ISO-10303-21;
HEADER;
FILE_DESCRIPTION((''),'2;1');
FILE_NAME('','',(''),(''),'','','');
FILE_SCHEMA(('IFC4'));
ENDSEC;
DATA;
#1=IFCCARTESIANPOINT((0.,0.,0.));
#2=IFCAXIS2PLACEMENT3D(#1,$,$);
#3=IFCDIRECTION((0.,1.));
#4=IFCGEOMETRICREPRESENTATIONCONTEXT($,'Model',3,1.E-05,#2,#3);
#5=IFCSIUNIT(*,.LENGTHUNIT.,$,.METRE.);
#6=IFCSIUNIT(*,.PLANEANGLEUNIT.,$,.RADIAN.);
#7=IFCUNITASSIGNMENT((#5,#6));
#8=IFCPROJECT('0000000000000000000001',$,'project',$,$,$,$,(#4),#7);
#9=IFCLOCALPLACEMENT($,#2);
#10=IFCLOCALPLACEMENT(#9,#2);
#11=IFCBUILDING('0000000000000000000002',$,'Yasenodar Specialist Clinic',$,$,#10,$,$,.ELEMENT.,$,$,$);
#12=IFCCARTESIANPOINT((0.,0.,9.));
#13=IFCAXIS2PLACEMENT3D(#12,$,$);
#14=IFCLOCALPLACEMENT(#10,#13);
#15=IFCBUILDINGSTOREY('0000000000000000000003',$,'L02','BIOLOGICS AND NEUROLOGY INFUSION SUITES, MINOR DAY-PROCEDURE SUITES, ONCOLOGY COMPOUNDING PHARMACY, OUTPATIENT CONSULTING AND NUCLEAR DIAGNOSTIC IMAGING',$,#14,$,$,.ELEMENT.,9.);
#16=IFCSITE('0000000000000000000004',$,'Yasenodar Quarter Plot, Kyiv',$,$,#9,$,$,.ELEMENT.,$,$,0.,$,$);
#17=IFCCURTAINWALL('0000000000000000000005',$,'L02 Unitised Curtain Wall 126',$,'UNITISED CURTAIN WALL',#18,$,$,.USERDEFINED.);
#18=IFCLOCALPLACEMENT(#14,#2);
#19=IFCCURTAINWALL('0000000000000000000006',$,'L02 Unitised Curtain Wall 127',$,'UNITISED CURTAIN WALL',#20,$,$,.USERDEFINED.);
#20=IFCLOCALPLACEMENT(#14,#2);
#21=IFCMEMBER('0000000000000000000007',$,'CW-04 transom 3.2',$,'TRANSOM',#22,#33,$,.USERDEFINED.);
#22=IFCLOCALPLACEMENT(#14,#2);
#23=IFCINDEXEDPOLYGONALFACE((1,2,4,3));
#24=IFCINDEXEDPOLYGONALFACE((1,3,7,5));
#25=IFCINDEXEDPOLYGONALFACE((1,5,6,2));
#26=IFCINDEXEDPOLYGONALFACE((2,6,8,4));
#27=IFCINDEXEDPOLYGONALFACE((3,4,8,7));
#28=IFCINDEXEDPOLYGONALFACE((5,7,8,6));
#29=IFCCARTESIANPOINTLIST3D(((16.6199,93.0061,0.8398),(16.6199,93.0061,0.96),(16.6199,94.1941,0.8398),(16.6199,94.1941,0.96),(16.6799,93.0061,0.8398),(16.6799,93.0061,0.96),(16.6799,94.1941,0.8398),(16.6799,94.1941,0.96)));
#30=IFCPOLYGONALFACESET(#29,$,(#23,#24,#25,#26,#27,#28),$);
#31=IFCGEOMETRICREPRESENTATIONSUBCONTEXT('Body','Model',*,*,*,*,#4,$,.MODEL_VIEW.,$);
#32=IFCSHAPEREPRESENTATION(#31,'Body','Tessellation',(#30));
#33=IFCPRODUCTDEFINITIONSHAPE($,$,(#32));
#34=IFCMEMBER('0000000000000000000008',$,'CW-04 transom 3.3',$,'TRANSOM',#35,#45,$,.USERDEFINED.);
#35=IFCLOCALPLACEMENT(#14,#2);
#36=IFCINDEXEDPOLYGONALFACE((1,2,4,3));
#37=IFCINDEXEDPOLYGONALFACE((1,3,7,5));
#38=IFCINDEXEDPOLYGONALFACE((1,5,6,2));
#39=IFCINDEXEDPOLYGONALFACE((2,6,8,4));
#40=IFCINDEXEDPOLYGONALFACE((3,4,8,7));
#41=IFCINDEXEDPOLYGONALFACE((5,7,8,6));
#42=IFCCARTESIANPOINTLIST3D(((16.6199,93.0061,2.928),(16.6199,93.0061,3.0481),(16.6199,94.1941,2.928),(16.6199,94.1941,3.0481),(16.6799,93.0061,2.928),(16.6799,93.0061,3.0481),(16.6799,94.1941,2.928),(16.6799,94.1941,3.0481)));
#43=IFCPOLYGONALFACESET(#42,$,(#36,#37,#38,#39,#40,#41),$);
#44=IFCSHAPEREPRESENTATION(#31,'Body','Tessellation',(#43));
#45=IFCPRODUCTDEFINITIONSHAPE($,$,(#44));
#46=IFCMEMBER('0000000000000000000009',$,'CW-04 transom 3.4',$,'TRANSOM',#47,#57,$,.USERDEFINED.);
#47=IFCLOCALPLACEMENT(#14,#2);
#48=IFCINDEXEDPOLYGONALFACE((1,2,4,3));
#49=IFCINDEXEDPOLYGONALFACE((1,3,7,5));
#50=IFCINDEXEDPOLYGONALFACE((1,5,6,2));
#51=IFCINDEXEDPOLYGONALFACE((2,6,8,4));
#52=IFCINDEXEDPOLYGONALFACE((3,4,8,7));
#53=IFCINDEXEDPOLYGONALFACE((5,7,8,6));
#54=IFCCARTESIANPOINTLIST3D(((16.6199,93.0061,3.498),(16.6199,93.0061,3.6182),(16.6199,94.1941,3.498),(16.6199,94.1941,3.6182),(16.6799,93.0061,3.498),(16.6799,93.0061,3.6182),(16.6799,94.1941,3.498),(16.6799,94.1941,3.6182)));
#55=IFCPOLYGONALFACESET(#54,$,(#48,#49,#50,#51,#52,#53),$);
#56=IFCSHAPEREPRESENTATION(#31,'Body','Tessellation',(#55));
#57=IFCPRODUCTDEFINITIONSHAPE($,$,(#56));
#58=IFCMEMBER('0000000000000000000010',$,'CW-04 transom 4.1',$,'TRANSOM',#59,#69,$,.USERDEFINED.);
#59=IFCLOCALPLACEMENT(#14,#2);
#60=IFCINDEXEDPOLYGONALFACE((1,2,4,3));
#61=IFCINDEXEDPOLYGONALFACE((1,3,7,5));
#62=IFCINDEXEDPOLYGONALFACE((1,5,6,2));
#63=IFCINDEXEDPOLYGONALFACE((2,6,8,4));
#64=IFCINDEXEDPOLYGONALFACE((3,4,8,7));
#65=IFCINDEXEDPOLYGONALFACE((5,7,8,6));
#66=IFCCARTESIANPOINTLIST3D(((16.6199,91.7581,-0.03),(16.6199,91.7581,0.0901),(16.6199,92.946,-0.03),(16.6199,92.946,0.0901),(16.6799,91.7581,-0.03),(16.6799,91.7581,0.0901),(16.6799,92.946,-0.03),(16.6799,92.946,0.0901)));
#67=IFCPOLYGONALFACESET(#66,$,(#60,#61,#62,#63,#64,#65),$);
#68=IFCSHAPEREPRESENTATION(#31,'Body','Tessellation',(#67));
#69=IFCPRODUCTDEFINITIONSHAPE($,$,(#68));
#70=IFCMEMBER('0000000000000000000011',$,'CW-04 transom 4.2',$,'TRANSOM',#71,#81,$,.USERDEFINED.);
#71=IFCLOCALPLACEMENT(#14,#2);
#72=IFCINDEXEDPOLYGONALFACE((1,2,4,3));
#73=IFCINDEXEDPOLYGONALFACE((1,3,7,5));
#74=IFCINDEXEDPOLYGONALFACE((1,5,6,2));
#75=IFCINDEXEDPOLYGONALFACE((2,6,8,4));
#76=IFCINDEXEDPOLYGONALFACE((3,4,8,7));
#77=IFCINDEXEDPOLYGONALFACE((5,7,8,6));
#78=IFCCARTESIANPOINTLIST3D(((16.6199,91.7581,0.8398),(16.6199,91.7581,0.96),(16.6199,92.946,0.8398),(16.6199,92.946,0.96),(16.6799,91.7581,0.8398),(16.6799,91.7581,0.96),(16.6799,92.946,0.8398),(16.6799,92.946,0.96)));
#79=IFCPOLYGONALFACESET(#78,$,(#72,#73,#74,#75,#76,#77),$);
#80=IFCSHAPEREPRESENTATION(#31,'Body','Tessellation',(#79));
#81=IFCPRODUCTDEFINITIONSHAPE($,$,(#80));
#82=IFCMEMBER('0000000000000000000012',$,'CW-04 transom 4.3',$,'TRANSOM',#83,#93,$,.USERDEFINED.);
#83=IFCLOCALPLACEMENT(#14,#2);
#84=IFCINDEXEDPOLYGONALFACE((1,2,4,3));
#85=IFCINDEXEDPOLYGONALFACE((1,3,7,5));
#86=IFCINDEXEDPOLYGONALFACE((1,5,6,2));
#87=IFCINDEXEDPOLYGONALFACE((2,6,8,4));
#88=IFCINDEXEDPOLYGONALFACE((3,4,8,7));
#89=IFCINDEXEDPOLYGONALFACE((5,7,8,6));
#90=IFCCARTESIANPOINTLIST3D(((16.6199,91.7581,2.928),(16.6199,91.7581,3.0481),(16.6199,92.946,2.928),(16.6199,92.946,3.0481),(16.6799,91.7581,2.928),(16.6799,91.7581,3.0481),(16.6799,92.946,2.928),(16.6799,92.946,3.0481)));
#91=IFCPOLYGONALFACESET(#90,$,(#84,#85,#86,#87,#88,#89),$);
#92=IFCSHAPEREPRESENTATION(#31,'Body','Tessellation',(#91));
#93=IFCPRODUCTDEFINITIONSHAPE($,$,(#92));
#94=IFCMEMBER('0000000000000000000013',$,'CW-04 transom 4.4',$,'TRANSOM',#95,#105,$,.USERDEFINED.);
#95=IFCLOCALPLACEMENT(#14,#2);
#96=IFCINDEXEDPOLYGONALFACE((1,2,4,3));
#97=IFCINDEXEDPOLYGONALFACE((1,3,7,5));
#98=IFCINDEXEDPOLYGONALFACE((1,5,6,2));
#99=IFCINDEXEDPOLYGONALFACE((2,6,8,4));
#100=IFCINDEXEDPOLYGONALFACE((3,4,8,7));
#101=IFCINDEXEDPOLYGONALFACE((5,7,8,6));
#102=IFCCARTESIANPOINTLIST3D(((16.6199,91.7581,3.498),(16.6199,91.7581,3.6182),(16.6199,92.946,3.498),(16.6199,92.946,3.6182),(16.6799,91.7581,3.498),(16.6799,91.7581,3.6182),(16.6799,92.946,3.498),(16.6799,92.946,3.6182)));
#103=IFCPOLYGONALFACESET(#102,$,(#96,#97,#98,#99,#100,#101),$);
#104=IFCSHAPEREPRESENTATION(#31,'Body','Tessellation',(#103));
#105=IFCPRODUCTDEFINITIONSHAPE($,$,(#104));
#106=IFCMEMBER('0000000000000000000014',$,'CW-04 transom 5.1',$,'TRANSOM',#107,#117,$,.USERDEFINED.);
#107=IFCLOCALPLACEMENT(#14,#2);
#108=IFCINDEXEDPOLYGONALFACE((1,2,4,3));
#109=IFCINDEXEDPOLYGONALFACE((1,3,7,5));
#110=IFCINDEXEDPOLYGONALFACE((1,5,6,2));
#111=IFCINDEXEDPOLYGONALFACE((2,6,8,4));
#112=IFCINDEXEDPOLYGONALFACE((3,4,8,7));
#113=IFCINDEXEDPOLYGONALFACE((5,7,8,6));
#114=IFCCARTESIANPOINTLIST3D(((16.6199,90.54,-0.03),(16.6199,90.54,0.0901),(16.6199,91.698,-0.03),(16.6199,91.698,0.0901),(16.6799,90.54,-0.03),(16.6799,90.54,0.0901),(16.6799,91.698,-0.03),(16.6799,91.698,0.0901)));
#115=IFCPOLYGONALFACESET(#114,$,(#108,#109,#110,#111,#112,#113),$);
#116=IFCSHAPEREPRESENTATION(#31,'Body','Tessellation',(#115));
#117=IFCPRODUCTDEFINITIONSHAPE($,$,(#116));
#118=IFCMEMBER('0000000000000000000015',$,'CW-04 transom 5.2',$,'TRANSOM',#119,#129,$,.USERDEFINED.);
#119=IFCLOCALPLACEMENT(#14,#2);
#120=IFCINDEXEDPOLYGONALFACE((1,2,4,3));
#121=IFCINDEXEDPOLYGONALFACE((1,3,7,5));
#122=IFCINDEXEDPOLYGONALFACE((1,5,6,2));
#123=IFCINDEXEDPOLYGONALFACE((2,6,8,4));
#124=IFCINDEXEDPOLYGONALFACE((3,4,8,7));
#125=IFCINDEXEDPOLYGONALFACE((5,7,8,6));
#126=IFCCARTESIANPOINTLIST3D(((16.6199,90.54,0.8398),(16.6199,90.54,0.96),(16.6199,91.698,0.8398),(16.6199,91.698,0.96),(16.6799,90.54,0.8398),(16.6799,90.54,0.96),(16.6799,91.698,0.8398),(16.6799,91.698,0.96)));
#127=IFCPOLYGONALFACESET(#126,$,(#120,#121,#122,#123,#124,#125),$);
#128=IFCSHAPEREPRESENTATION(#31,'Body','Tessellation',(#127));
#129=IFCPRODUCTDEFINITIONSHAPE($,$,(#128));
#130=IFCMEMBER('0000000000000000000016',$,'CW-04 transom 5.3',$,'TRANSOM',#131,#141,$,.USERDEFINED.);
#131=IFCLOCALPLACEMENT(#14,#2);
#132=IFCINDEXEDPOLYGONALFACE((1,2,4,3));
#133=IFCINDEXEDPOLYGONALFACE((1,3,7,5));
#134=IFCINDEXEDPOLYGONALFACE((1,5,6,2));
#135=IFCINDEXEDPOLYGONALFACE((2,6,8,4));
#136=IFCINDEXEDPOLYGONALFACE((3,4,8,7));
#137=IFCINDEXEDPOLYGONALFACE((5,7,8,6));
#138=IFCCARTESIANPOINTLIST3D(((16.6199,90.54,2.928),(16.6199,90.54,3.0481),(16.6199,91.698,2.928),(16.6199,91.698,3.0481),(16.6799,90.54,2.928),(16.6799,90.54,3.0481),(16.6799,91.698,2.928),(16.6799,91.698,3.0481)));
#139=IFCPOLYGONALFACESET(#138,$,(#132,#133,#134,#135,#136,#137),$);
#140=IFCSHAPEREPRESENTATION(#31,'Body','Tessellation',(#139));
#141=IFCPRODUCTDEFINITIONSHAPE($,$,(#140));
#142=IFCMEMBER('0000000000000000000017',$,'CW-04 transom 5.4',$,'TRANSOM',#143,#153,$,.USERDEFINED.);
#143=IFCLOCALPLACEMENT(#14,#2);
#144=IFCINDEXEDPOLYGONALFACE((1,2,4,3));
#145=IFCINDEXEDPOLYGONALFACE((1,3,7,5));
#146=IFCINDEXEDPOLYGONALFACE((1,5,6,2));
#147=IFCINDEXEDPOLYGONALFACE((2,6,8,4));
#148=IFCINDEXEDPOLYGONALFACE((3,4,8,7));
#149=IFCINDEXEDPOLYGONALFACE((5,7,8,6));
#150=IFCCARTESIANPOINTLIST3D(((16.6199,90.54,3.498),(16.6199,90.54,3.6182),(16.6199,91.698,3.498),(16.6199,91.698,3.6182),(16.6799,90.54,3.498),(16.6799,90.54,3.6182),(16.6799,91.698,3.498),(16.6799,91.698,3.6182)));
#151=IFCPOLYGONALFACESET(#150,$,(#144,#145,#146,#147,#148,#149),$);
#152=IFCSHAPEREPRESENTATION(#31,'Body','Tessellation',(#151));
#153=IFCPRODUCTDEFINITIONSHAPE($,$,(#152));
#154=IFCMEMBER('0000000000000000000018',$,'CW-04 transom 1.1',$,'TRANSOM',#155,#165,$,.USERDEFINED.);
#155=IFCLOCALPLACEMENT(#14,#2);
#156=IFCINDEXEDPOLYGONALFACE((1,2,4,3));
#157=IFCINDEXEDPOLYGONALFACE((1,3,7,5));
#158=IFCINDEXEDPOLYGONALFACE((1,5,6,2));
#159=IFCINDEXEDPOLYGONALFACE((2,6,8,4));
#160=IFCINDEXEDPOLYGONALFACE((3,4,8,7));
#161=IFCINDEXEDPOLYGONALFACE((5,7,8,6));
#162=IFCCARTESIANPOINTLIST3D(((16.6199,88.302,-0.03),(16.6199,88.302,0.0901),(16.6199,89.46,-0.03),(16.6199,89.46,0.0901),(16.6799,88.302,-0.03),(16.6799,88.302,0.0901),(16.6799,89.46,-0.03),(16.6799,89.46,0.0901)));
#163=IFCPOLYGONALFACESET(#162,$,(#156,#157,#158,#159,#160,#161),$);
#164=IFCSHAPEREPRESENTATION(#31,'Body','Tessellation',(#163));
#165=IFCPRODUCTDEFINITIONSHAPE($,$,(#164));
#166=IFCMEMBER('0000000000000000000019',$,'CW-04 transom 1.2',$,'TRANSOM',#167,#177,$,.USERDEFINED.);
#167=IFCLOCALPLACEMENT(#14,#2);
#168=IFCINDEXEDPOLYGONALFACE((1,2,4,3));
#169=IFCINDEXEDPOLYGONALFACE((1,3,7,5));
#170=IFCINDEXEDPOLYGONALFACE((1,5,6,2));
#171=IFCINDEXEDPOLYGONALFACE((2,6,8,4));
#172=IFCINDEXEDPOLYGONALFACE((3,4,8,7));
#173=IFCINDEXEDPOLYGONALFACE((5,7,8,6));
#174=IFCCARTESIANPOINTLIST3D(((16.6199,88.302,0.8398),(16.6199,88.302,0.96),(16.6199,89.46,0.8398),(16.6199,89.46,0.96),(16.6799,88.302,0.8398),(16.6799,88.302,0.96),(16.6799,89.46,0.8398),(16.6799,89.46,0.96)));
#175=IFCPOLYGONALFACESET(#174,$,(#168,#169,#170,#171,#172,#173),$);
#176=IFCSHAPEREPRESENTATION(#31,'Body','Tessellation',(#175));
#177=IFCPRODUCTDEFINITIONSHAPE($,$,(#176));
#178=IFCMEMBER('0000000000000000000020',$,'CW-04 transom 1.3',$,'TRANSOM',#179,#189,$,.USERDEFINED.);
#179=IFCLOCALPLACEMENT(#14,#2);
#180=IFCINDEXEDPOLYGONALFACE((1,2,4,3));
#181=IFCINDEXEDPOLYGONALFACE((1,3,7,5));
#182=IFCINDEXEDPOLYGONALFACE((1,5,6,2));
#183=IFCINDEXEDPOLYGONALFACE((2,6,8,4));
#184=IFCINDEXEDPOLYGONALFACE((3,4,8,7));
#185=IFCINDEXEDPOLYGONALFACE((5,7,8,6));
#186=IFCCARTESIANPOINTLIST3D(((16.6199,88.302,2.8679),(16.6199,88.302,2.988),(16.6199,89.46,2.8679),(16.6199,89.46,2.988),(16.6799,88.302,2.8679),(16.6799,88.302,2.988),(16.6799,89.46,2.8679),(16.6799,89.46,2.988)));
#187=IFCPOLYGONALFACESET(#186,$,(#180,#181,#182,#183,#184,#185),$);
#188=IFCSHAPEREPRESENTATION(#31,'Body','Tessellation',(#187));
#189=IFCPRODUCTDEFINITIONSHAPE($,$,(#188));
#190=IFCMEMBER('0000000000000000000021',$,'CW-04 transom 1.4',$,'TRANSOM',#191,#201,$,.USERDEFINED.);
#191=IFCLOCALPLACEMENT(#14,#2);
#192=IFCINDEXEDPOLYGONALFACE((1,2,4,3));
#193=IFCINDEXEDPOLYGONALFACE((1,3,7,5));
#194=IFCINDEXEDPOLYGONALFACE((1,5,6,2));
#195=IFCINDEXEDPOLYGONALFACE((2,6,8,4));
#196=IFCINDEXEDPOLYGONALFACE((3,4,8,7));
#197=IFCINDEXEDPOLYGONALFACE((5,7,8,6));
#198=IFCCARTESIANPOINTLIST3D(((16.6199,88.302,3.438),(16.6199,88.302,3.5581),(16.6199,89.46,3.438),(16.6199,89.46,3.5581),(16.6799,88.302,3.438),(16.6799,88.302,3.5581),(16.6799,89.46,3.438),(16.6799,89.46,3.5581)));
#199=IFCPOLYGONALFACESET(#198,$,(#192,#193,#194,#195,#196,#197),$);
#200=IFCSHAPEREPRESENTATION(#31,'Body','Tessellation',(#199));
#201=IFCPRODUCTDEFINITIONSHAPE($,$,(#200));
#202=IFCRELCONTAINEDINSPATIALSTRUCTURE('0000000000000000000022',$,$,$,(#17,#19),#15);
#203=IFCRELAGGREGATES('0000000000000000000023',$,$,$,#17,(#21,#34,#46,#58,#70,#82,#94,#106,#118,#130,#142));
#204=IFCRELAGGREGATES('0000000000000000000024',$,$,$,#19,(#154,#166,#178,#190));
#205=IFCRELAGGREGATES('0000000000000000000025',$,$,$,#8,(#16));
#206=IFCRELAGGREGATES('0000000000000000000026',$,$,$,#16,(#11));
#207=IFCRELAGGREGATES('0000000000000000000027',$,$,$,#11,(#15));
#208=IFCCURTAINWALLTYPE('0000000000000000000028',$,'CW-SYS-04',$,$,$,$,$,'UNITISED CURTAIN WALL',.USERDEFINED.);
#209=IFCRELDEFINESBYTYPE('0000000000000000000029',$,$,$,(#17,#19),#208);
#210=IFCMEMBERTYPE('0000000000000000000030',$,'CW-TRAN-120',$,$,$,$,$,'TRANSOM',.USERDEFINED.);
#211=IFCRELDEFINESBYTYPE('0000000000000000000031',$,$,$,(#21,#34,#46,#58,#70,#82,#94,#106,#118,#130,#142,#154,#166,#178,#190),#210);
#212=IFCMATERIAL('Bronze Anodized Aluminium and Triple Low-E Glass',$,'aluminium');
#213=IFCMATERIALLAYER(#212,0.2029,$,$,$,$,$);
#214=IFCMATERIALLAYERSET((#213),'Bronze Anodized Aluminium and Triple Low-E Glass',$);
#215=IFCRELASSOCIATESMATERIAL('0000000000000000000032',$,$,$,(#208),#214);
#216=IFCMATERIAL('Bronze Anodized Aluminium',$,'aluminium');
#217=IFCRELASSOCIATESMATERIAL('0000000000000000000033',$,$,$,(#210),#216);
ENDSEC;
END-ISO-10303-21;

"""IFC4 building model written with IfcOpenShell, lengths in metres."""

from ifc_helpers import new_model, si_unit, direction, frame, origin, origin_2d, place, context, subcontext, project, spatial, rectangle, extrude, material, layer, layer_set, material_profile, profile_set, type_object, element, aggregate, save


model = new_model("IFC4")

# Units and contexts
model_context = context("Model", 3, precision=1e-05, world=origin(), true_north=direction((0.0, 1.0)))
body_context = subcontext(model_context, "Body", "Model", "MODEL_VIEW")
ifc_project = project(units=[si_unit("LENGTHUNIT", "METRE"), si_unit("PLANEANGLEUNIT", "RADIAN")], contexts=[model_context])

# Site, building, storey
site_placement = place(None, origin())
site = spatial("IfcSite", under=ifc_project, at=site_placement, Name="Yasenodar Quarter Plot, Kyiv", CompositionType="ELEMENT", RefElevation=0.0)
building_placement = place(site_placement, origin())
building = spatial("IfcBuilding", under=site, at=building_placement, Name="Yasenodar Specialist Clinic", CompositionType="ELEMENT")
storey_placement = place(building_placement, frame((0.0, 0.0, 9.0)))
storey = spatial("IfcBuildingStorey", under=building, at=storey_placement, Name="L02", Description="BIOLOGICS AND NEUROLOGY INFUSION SUITES, MINOR DAY-PROCEDURE SUITES, ONCOLOGY COMPOUNDING PHARMACY, OUTPATIENT CONSULTING AND NUCLEAR DIAGNOSTIC IMAGING", CompositionType="ELEMENT", Elevation=9.0)

# Curtain walls
ifc_material_1 = material(Name="Bronze Anodized Aluminium and Triple Low-E Glass", Category="aluminium")
ifc_layer_1 = layer(ifc_material_1, 0.2029)
ifc_layer_set_1 = layer_set([ifc_layer_1], Name="Bronze Anodized Aluminium and Triple Low-E Glass")
curtain_wall_type = type_object("IfcCurtainWallType", Name="CW-SYS-04", ElementType="UNITISED CURTAIN WALL", PredefinedType="USERDEFINED", material=ifc_layer_set_1)
curtain_wall_1_placement = place(storey_placement, origin())
curtain_wall_1 = element("IfcCurtainWall", 1, at=curtain_wall_1_placement, inside=storey, type_object=curtain_wall_type, Name="L02 Unitised Curtain Wall 126", ObjectType="UNITISED CURTAIN WALL", PredefinedType="USERDEFINED")
ifc_material_2 = material(Name="Bronze Anodized Aluminium", Category="aluminium")
curtain_wall_2_placement = place(storey_placement, origin())
curtain_wall_2 = element("IfcCurtainWall", 2, at=curtain_wall_2_placement, inside=storey, type_object=curtain_wall_type, Name="L02 Unitised Curtain Wall 127", ObjectType="UNITISED CURTAIN WALL", PredefinedType="USERDEFINED")

# Members
ifc_material_profile_1 = material_profile(ifc_material_2, rectangle(XDim=0.0601, YDim=0.1201, at=origin_2d()), Name="CW-TRAN 60x120")
ifc_profile_set_1 = profile_set([ifc_material_profile_1], Name="Bronze Anodized Aluminium")
member_type_1 = type_object("IfcMemberType", Name="CW-TRAN-120", ElementType="TRANSOM", PredefinedType="USERDEFINED", material=ifc_profile_set_1)
member_1_placement = place(storey_placement, frame((16.6499, 94.1941, 0.8999), z_axis=(0.0, -1.0, 0.0), x_axis=(1.0, 0.0, 0.0)))
member_1 = element("IfcMember", 3, at=member_1_placement, type_object=member_type_1, Name="CW-04 transom 3.2", ObjectType="TRANSOM", PredefinedType="USERDEFINED", context=body_context, shape_type="SweptSolid", body=[
    extrude(rectangle(XDim=0.0601, YDim=0.1201, at=origin_2d()), origin(), (0.0, 0.0, 1.0), 1.188),
])
member_2_placement = place(storey_placement, frame((16.6499, 94.1941, 2.988), z_axis=(0.0, -1.0, 0.0), x_axis=(1.0, 0.0, 0.0)))
member_2 = element("IfcMember", 4, at=member_2_placement, type_object=member_type_1, Name="CW-04 transom 3.3", ObjectType="TRANSOM", PredefinedType="USERDEFINED", context=body_context, shape_type="SweptSolid", body=[
    extrude(rectangle(XDim=0.0601, YDim=0.1201, at=origin_2d()), origin(), (0.0, 0.0, 1.0), 1.188),
])
member_3_placement = place(storey_placement, frame((16.6499, 94.1941, 3.5581), z_axis=(0.0, -1.0, 0.0), x_axis=(1.0, 0.0, 0.0)))
member_3 = element("IfcMember", 5, at=member_3_placement, type_object=member_type_1, Name="CW-04 transom 3.4", ObjectType="TRANSOM", PredefinedType="USERDEFINED", context=body_context, shape_type="SweptSolid", body=[
    extrude(rectangle(XDim=0.0601, YDim=0.1201, at=origin_2d()), origin(), (0.0, 0.0, 1.0), 1.188),
])
member_4_placement = place(storey_placement, frame((16.6499, 92.946, 0.03), z_axis=(0.0, -1.0, 0.0), x_axis=(1.0, 0.0, 0.0)))
member_4 = element("IfcMember", 6, at=member_4_placement, type_object=member_type_1, Name="CW-04 transom 4.1", ObjectType="TRANSOM", PredefinedType="USERDEFINED", context=body_context, shape_type="SweptSolid", body=[
    extrude(rectangle(XDim=0.0601, YDim=0.1201, at=origin_2d()), origin(), (0.0, 0.0, 1.0), 1.188),
])
member_5_placement = place(storey_placement, frame((16.6499, 92.946, 0.8999), z_axis=(0.0, -1.0, 0.0), x_axis=(1.0, 0.0, 0.0)))
member_5 = element("IfcMember", 7, at=member_5_placement, type_object=member_type_1, Name="CW-04 transom 4.2", ObjectType="TRANSOM", PredefinedType="USERDEFINED", context=body_context, shape_type="SweptSolid", body=[
    extrude(rectangle(XDim=0.0601, YDim=0.1201, at=origin_2d()), origin(), (0.0, 0.0, 1.0), 1.188),
])
member_6_placement = place(storey_placement, frame((16.6499, 92.946, 2.988), z_axis=(0.0, -1.0, 0.0), x_axis=(1.0, 0.0, 0.0)))
member_6 = element("IfcMember", 8, at=member_6_placement, type_object=member_type_1, Name="CW-04 transom 4.3", ObjectType="TRANSOM", PredefinedType="USERDEFINED", context=body_context, shape_type="SweptSolid", body=[
    extrude(rectangle(XDim=0.0601, YDim=0.1201, at=origin_2d()), origin(), (0.0, 0.0, 1.0), 1.188),
])
member_7_placement = place(storey_placement, frame((16.6499, 92.946, 3.5581), z_axis=(0.0, -1.0, 0.0), x_axis=(1.0, 0.0, 0.0)))
member_7 = element("IfcMember", 9, at=member_7_placement, type_object=member_type_1, Name="CW-04 transom 4.4", ObjectType="TRANSOM", PredefinedType="USERDEFINED", context=body_context, shape_type="SweptSolid", body=[
    extrude(rectangle(XDim=0.0601, YDim=0.1201, at=origin_2d()), origin(), (0.0, 0.0, 1.0), 1.188),
])
member_8_placement = place(storey_placement, frame((16.6499, 91.698, 0.03), z_axis=(0.0, -1.0, 0.0), x_axis=(1.0, 0.0, 0.0)))
member_8 = element("IfcMember", 10, at=member_8_placement, type_object=member_type_1, Name="CW-04 transom 5.1", ObjectType="TRANSOM", PredefinedType="USERDEFINED", context=body_context, shape_type="SweptSolid", body=[
    extrude(rectangle(XDim=0.0601, YDim=0.1201, at=origin_2d()), origin(), (0.0, 0.0, 1.0), 1.158),
])
member_9_placement = place(storey_placement, frame((16.6499, 91.698, 0.8999), z_axis=(0.0, -1.0, 0.0), x_axis=(1.0, 0.0, 0.0)))
member_9 = element("IfcMember", 11, at=member_9_placement, type_object=member_type_1, Name="CW-04 transom 5.2", ObjectType="TRANSOM", PredefinedType="USERDEFINED", context=body_context, shape_type="SweptSolid", body=[
    extrude(rectangle(XDim=0.0601, YDim=0.1201, at=origin_2d()), origin(), (0.0, 0.0, 1.0), 1.158),
])
member_10_placement = place(storey_placement, frame((16.6499, 91.698, 2.988), z_axis=(0.0, -1.0, 0.0), x_axis=(1.0, 0.0, 0.0)))
member_10 = element("IfcMember", 12, at=member_10_placement, type_object=member_type_1, Name="CW-04 transom 5.3", ObjectType="TRANSOM", PredefinedType="USERDEFINED", context=body_context, shape_type="SweptSolid", body=[
    extrude(rectangle(XDim=0.0601, YDim=0.1201, at=origin_2d()), origin(), (0.0, 0.0, 1.0), 1.158),
])
member_11_placement = place(storey_placement, frame((16.6499, 91.698, 3.5581), z_axis=(0.0, -1.0, 0.0), x_axis=(1.0, 0.0, 0.0)))
member_11 = element("IfcMember", 13, at=member_11_placement, type_object=member_type_1, Name="CW-04 transom 5.4", ObjectType="TRANSOM", PredefinedType="USERDEFINED", context=body_context, shape_type="SweptSolid", body=[
    extrude(rectangle(XDim=0.0601, YDim=0.1201, at=origin_2d()), origin(), (0.0, 0.0, 1.0), 1.158),
])
member_12_placement = place(storey_placement, frame((16.6499, 89.46, 0.03), z_axis=(0.0, -1.0, 0.0), x_axis=(1.0, 0.0, 0.0)))
member_12 = element("IfcMember", 14, at=member_12_placement, type_object=member_type_1, Name="CW-04 transom 1.1", ObjectType="TRANSOM", PredefinedType="USERDEFINED", context=body_context, shape_type="SweptSolid", body=[
    extrude(rectangle(XDim=0.0601, YDim=0.1201, at=origin_2d()), origin(), (0.0, 0.0, 1.0), 1.158),
])
member_13_placement = place(storey_placement, frame((16.6499, 89.46, 0.8999), z_axis=(0.0, -1.0, 0.0), x_axis=(1.0, 0.0, 0.0)))
member_13 = element("IfcMember", 15, at=member_13_placement, type_object=member_type_1, Name="CW-04 transom 1.2", ObjectType="TRANSOM", PredefinedType="USERDEFINED", context=body_context, shape_type="SweptSolid", body=[
    extrude(rectangle(XDim=0.0601, YDim=0.1201, at=origin_2d()), origin(), (0.0, 0.0, 1.0), 1.158),
])
member_14_placement = place(storey_placement, frame((16.6499, 89.46, 2.928), z_axis=(0.0, -1.0, 0.0), x_axis=(1.0, 0.0, 0.0)))
member_14 = element("IfcMember", 16, at=member_14_placement, type_object=member_type_1, Name="CW-04 transom 1.3", ObjectType="TRANSOM", PredefinedType="USERDEFINED", context=body_context, shape_type="SweptSolid", body=[
    extrude(rectangle(XDim=0.0601, YDim=0.1201, at=origin_2d()), origin(), (0.0, 0.0, 1.0), 1.158),
])
member_15_placement = place(storey_placement, frame((16.6499, 89.46, 3.498), z_axis=(0.0, -1.0, 0.0), x_axis=(1.0, 0.0, 0.0)))
member_15 = element("IfcMember", 17, at=member_15_placement, type_object=member_type_1, Name="CW-04 transom 1.4", ObjectType="TRANSOM", PredefinedType="USERDEFINED", context=body_context, shape_type="SweptSolid", body=[
    extrude(rectangle(XDim=0.0601, YDim=0.1201, at=origin_2d()), origin(), (0.0, 0.0, 1.0), 1.158),
])

aggregate(curtain_wall_1, [member_1, member_2, member_3, member_4, member_5, member_6, member_7, member_8, member_9, member_10, member_11])
aggregate(curtain_wall_2, [member_12, member_13, member_14, member_15])

save(model, "model.ifc")
